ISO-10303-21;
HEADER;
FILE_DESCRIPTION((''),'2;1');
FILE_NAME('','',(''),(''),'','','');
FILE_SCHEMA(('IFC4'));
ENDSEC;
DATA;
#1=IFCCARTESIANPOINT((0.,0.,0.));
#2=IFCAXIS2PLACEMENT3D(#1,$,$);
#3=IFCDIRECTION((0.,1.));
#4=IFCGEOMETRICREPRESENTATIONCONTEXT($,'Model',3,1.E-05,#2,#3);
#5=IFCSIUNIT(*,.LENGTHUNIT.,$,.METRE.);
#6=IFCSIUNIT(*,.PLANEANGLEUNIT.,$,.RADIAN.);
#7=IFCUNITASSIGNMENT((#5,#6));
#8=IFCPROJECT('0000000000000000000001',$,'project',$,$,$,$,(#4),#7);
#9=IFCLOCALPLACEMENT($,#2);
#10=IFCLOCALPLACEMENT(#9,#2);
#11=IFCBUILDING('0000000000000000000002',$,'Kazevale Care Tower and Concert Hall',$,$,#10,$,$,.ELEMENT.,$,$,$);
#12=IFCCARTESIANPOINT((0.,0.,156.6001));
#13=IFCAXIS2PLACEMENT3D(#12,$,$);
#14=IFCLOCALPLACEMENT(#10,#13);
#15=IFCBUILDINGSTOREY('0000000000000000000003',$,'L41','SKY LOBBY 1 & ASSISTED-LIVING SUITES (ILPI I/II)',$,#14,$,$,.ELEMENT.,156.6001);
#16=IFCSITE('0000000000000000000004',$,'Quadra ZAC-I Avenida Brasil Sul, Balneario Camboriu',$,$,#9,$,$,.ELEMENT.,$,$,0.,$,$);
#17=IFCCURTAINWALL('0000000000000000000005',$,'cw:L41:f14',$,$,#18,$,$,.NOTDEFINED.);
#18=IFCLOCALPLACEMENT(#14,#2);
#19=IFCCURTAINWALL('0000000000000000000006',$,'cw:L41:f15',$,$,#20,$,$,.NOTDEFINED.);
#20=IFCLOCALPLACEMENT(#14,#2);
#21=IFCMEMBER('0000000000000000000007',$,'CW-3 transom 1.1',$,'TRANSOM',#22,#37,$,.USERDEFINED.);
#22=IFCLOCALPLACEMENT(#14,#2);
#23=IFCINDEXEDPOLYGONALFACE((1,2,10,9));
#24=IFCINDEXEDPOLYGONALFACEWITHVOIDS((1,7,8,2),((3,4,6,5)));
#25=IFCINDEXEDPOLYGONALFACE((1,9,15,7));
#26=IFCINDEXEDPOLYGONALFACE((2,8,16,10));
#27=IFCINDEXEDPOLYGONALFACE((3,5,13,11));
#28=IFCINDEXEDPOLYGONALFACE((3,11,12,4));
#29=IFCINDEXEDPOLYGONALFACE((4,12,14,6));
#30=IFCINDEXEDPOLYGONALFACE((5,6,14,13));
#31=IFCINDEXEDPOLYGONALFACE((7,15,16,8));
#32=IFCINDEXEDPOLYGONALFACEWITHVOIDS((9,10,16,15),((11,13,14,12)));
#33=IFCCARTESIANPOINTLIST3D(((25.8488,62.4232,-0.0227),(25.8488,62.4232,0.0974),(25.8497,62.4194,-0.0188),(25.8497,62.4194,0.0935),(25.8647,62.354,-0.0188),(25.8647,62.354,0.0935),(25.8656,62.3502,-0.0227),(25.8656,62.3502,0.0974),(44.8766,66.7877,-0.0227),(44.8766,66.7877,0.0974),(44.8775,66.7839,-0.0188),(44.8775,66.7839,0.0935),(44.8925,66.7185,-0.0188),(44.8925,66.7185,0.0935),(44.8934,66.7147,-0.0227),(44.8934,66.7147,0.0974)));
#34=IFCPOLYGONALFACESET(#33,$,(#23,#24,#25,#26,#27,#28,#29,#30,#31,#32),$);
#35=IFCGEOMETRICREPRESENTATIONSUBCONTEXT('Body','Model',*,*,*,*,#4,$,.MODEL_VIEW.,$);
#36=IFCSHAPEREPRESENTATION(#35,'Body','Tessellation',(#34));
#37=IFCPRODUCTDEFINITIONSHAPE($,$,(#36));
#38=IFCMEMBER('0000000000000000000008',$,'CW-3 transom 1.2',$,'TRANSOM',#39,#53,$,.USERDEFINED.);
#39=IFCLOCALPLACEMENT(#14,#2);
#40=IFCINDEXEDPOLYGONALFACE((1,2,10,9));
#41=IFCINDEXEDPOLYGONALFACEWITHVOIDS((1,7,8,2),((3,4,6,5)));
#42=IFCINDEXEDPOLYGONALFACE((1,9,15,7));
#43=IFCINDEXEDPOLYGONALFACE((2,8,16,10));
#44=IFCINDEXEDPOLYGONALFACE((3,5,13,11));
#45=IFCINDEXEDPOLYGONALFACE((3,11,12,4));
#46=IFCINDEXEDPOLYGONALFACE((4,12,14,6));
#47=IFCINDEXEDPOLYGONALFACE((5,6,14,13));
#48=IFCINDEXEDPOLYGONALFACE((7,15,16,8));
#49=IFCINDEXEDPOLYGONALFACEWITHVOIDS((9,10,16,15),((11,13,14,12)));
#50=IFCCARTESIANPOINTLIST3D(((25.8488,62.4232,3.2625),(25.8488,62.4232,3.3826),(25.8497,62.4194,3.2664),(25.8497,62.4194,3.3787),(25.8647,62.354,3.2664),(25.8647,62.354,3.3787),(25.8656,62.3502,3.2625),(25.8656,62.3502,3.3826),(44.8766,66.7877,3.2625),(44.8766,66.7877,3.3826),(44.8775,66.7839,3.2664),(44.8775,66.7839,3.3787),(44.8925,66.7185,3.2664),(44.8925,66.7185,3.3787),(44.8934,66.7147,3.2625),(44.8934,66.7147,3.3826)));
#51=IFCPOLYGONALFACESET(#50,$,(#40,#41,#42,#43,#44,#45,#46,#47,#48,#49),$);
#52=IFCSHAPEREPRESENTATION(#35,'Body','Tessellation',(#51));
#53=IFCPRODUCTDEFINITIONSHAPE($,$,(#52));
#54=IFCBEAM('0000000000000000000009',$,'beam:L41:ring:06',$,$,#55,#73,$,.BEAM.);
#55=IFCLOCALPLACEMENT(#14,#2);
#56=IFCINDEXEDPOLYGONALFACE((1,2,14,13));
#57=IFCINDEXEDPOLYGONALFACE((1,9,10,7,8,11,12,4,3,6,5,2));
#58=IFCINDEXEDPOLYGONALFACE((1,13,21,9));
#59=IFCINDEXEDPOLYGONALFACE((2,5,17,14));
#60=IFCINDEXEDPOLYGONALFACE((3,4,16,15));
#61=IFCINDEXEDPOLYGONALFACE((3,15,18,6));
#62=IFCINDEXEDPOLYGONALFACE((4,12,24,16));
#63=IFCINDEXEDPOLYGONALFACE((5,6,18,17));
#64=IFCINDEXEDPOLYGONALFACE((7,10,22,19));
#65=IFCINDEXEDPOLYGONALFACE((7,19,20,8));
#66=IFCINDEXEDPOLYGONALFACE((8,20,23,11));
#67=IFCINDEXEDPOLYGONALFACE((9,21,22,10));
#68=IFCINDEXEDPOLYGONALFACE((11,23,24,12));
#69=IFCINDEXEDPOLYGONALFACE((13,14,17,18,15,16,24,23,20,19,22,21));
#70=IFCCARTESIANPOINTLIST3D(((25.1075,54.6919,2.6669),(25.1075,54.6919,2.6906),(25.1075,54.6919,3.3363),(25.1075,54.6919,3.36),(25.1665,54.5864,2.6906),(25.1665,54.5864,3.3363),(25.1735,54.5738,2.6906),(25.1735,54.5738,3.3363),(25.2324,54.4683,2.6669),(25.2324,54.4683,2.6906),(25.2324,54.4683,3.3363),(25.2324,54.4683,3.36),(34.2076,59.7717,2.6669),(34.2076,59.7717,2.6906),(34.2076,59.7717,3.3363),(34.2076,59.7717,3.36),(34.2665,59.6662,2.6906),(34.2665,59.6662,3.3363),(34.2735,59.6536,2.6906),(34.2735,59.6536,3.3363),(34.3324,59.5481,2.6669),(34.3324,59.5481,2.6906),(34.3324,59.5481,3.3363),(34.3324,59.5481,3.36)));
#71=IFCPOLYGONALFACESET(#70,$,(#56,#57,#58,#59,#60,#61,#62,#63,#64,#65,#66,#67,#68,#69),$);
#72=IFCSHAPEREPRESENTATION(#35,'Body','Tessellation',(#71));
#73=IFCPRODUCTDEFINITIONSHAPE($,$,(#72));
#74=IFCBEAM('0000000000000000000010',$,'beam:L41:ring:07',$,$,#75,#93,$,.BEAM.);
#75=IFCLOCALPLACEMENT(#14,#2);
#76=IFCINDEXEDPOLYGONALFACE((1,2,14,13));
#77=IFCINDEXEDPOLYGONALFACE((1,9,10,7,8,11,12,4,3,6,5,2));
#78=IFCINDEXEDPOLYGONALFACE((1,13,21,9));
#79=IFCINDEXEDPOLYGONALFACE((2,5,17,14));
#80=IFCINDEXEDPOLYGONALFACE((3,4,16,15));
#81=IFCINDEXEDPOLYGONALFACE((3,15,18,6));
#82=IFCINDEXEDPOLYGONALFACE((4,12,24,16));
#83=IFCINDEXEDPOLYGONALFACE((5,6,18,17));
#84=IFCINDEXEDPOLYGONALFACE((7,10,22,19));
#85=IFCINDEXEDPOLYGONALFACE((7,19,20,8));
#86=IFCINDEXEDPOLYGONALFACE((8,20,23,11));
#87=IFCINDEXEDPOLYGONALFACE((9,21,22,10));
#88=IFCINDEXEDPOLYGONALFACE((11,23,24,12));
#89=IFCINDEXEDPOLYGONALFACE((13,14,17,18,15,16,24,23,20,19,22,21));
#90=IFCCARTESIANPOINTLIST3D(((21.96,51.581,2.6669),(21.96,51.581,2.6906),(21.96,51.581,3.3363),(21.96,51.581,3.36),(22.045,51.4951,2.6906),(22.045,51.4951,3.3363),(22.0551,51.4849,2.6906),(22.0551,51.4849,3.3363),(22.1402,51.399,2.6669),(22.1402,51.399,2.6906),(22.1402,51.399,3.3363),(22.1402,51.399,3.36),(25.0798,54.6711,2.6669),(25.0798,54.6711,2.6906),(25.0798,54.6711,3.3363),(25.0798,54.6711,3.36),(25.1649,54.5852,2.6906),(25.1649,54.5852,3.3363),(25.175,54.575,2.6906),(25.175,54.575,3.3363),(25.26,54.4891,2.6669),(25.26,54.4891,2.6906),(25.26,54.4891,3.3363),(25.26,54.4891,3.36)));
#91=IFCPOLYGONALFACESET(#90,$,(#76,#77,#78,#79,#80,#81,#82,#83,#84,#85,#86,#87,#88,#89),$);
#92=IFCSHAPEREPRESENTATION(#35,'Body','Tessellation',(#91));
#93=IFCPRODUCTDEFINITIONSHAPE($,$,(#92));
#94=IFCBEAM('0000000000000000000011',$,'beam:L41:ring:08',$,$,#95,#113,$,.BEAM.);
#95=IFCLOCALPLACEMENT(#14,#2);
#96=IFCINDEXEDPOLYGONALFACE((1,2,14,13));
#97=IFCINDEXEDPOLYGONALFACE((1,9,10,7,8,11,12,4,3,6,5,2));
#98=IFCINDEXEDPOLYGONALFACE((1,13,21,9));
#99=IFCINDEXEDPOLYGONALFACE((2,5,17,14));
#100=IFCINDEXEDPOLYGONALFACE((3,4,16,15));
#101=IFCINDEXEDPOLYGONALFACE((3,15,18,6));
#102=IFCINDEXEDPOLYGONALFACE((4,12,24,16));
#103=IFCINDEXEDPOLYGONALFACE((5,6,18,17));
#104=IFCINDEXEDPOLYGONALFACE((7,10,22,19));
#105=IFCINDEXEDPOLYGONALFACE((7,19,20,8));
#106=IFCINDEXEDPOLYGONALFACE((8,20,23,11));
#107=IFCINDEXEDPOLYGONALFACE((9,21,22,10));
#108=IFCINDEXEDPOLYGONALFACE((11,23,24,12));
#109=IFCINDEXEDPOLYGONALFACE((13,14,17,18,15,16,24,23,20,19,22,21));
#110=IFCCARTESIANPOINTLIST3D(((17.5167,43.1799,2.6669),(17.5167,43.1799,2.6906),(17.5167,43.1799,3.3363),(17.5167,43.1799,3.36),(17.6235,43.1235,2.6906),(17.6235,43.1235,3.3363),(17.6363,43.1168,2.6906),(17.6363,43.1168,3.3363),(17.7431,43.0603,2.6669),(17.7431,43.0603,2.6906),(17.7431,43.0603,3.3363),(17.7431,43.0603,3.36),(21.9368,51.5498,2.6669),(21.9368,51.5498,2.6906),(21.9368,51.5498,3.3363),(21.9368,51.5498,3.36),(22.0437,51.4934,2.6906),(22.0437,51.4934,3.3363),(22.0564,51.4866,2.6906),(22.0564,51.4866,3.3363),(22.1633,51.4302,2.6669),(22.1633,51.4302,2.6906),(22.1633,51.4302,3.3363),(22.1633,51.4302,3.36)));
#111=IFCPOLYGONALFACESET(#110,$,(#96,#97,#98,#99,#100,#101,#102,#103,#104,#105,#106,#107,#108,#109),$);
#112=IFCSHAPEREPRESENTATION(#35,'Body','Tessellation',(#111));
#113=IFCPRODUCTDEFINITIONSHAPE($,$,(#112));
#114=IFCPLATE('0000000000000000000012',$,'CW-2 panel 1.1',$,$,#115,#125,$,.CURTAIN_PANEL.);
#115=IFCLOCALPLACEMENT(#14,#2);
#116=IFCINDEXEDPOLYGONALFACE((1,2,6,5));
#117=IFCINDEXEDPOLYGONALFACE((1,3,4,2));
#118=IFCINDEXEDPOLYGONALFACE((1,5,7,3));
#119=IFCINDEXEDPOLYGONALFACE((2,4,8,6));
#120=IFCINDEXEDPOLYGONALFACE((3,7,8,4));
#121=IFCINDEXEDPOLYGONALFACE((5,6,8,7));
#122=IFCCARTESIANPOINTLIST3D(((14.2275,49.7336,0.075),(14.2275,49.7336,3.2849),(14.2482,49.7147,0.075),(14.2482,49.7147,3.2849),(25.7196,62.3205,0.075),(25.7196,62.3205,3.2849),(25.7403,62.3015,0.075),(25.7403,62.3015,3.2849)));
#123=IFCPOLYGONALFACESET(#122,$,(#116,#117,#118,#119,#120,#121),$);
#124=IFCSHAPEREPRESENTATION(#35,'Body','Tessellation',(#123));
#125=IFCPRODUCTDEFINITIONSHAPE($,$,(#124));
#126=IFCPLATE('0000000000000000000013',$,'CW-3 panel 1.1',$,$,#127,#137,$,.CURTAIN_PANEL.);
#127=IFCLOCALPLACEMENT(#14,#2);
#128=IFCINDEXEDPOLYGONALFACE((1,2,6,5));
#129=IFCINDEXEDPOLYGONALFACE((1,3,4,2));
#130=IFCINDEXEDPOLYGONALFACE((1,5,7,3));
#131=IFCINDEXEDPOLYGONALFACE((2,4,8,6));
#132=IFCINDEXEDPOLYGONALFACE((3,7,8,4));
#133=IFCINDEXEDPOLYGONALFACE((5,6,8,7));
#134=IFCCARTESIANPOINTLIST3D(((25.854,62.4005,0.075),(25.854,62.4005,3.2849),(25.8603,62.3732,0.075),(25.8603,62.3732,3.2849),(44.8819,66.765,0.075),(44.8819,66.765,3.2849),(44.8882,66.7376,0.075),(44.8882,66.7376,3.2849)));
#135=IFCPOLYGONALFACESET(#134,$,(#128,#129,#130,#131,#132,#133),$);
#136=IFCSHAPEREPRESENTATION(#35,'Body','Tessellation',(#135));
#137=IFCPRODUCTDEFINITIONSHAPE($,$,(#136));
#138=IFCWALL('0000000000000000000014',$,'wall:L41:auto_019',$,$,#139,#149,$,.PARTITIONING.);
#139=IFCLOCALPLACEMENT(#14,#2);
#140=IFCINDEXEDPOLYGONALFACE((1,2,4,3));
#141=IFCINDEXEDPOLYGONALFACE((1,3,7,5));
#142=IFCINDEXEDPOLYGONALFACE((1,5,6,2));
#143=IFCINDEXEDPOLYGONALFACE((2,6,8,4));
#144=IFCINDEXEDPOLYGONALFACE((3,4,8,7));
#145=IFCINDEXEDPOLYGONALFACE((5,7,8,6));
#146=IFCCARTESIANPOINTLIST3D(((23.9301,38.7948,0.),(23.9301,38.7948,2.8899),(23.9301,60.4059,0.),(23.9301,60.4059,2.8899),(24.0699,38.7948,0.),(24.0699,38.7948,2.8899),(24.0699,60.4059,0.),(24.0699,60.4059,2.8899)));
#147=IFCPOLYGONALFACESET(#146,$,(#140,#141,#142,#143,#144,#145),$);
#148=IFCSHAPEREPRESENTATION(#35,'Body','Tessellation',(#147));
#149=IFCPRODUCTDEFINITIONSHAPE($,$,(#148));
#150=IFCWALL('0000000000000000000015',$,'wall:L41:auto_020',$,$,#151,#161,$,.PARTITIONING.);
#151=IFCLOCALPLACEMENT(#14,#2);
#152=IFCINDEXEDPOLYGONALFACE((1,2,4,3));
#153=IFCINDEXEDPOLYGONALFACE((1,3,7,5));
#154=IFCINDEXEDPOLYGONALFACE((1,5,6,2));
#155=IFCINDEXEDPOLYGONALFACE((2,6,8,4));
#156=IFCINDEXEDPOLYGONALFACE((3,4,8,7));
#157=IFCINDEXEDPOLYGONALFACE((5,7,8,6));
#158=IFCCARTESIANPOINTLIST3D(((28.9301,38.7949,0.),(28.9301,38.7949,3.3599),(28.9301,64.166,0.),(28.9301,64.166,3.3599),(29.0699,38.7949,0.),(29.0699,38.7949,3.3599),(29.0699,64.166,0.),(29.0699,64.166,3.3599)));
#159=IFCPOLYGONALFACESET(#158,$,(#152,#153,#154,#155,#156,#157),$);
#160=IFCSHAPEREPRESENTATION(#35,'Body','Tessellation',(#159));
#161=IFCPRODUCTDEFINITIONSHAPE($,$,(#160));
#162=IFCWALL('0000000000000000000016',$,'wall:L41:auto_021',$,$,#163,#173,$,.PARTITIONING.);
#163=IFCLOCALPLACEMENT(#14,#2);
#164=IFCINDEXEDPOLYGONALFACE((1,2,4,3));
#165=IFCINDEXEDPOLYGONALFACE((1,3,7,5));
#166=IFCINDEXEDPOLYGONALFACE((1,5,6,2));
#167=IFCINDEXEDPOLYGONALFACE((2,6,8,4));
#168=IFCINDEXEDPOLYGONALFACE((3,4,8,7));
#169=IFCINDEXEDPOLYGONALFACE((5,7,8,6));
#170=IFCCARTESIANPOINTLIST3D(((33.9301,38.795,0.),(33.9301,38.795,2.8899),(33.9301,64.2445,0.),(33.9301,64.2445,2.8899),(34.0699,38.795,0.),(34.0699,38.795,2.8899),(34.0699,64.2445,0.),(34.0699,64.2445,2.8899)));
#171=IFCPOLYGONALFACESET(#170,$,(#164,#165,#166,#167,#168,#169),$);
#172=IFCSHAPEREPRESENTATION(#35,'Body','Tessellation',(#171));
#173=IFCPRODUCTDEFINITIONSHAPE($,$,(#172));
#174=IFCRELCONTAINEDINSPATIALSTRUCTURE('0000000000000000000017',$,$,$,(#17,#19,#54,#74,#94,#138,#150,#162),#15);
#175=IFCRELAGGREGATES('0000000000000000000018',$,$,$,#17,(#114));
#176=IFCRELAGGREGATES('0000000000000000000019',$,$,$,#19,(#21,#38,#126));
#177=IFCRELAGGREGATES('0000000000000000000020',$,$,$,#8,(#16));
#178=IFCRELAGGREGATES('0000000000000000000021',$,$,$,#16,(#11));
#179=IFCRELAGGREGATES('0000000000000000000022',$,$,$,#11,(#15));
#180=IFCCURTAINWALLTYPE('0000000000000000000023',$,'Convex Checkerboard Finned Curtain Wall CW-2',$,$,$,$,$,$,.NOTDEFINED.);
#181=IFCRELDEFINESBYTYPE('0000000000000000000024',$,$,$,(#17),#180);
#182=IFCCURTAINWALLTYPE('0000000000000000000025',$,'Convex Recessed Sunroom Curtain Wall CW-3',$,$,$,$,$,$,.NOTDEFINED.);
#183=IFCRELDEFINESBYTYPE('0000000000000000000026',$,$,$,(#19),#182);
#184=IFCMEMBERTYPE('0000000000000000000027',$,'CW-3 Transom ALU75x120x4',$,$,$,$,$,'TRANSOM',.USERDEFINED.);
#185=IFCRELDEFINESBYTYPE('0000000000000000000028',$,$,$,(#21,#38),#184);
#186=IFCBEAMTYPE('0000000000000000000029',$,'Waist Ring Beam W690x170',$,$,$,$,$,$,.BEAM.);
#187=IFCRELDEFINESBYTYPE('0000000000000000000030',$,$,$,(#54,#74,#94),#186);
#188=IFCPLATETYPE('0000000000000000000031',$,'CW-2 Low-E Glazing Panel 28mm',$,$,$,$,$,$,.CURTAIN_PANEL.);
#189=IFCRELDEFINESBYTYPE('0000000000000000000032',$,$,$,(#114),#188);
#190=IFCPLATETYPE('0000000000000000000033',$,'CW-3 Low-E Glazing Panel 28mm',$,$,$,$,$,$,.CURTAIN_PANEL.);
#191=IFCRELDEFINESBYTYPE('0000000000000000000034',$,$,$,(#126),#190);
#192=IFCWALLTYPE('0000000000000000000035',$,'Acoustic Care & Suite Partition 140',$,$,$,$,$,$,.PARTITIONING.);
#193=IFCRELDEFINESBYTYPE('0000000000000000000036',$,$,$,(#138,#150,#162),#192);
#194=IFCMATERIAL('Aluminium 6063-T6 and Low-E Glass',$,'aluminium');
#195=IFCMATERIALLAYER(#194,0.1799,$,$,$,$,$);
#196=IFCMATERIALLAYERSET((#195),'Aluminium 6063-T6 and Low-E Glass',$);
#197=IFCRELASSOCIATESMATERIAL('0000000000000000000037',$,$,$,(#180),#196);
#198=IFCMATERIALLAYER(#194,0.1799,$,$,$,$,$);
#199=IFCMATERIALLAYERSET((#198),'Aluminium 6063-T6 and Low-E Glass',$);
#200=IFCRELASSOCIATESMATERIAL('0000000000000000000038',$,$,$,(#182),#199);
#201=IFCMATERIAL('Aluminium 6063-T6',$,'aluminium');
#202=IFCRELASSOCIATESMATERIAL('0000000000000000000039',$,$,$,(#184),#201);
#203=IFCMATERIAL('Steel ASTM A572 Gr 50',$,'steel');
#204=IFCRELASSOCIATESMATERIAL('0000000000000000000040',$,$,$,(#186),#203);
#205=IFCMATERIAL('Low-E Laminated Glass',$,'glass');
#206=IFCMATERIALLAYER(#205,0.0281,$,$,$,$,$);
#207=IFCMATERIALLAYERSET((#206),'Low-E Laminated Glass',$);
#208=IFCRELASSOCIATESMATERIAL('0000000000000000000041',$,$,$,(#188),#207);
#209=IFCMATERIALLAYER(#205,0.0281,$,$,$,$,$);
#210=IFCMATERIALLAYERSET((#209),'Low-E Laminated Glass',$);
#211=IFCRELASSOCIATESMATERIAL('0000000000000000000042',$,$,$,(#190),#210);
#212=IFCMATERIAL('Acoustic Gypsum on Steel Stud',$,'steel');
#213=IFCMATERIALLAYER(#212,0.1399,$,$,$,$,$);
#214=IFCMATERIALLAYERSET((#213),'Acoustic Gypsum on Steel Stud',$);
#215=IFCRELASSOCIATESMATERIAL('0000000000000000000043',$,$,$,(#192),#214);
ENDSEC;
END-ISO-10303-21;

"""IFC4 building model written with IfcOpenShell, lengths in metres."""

from ifc_helpers import new_model, si_unit, direction, frame, frame_2d, origin, origin_2d, place, context, subcontext, project, spatial, rectangle, hollow_rectangle, i_section, extrude, material, layer, layer_set, material_profile, profile_set, type_object, element, aggregate, save


model = new_model("IFC4")

# Units and contexts
model_context = context("Model", 3, precision=1e-05, world=origin(), true_north=direction((0.0, 1.0)))
body_context = subcontext(model_context, "Body", "Model", "MODEL_VIEW")
ifc_project = project(units=[si_unit("LENGTHUNIT", "METRE"), si_unit("PLANEANGLEUNIT", "RADIAN")], contexts=[model_context])

# Site, building, storey
site_placement = place(None, origin())
site = spatial("IfcSite", under=ifc_project, at=site_placement, Name="Quadra ZAC-I Avenida Brasil Sul, Balneario Camboriu", CompositionType="ELEMENT", RefElevation=0.0)
building_placement = place(site_placement, origin())
building = spatial("IfcBuilding", under=site, at=building_placement, Name="Kazevale Care Tower and Concert Hall", CompositionType="ELEMENT")
storey_placement = place(building_placement, frame((0.0, 0.0, 156.6001)))
storey = spatial("IfcBuildingStorey", under=building, at=storey_placement, Name="L41", Description="SKY LOBBY 1 & ASSISTED-LIVING SUITES (ILPI I/II)", CompositionType="ELEMENT", Elevation=156.6001)

# Curtain wall
ifc_material_1 = material(Name="Aluminium 6063-T6 and Low-E Glass", Category="aluminium")
ifc_layer_1 = layer(ifc_material_1, 0.1799)
ifc_layer_set_1 = layer_set([ifc_layer_1], Name="Aluminium 6063-T6 and Low-E Glass")
curtain_wall_type_1 = type_object("IfcCurtainWallType", Name="Convex Checkerboard Finned Curtain Wall CW-2", PredefinedType="NOTDEFINED", material=ifc_layer_set_1)
curtain_wall_1_placement = place(storey_placement, origin())
curtain_wall_1 = element("IfcCurtainWall", 1, at=curtain_wall_1_placement, inside=storey, type_object=curtain_wall_type_1, Name="cw:L41:f14", PredefinedType="NOTDEFINED")
ifc_material_2 = material(Name="Aluminium 6063-T6", Category="aluminium")

# Curtain wall, members
ifc_layer_2 = layer(ifc_material_1, 0.1799)
ifc_layer_set_2 = layer_set([ifc_layer_2], Name="Aluminium 6063-T6 and Low-E Glass")
curtain_wall_type_2 = type_object("IfcCurtainWallType", Name="Convex Recessed Sunroom Curtain Wall CW-3", PredefinedType="NOTDEFINED", material=ifc_layer_set_2)
curtain_wall_2_placement = place(storey_placement, origin())
curtain_wall_2 = element("IfcCurtainWall", 2, at=curtain_wall_2_placement, inside=storey, type_object=curtain_wall_type_2, Name="cw:L41:f15", PredefinedType="NOTDEFINED")
ifc_material_profile_1 = material_profile(ifc_material_2, hollow_rectangle(XDim=0.075, YDim=0.1201, WallThickness=0.0039, at=origin_2d()), Name="ALU75x120x4")
ifc_profile_set_1 = profile_set([ifc_material_profile_1], Name="Aluminium 6063-T6")
member_type_1 = type_object("IfcMemberType", Name="CW-3 Transom ALU75x120x4", ElementType="TRANSOM", PredefinedType="USERDEFINED", material=ifc_profile_set_1)
member_1_placement = place(storey_placement, frame((25.8572, 62.3867, 0.0374), z_axis=(0.974688, 0.223569, 0.0), x_axis=(-0.223569, 0.974688, 0.0)))
member_1 = element("IfcMember", 3, at=member_1_placement, type_object=member_type_1, Name="CW-3 transom 1.1", ObjectType="TRANSOM", PredefinedType="USERDEFINED", context=body_context, shape_type="SweptSolid", body=[
    extrude(hollow_rectangle(XDim=0.075, YDim=0.1201, WallThickness=0.0039, at=origin_2d()), origin(), (0.0, 0.0, 1.0), 19.522),
])
member_2_placement = place(storey_placement, frame((25.8572, 62.3867, 3.3225), z_axis=(0.974688, 0.223569, 0.0), x_axis=(-0.223569, 0.974688, 0.0)))
member_2 = element("IfcMember", 4, at=member_2_placement, type_object=member_type_1, Name="CW-3 transom 1.2", ObjectType="TRANSOM", PredefinedType="USERDEFINED", context=body_context, shape_type="SweptSolid", body=[
    extrude(hollow_rectangle(XDim=0.075, YDim=0.1201, WallThickness=0.0039, at=origin_2d()), origin(), (0.0, 0.0, 1.0), 19.522),
])

# Beams
ifc_material_3 = material(Name="Steel ASTM A572 Gr 50", Category="steel")
ifc_material_profile_2 = material_profile(ifc_material_3, i_section(OverallWidth=0.2561, OverallDepth=0.6931, WebThickness=0.0144, FlangeThickness=0.0237, at=origin_2d()), Name="W690x170")
ifc_profile_set_2 = profile_set([ifc_material_profile_2], Name="Steel ASTM A572 Gr 50")
beam_type = type_object("IfcBeamType", Name="Waist Ring Beam W690x170", PredefinedType="BEAM", material=ifc_profile_set_2)
beam_1_placement = place(storey_placement, frame((34.27, 59.6599, 3.0134), z_axis=(-0.873169, -0.487418, 0.0), x_axis=(0.487418, -0.873169, 0.0)))
element("IfcBeam", 5, at=beam_1_placement, inside=storey, type_object=beam_type, Name="beam:L41:ring:06", PredefinedType="BEAM", context=body_context, shape_type="SweptSolid", body=[
    extrude(i_section(OverallWidth=0.2561, OverallDepth=0.6931, WebThickness=0.0144, FlangeThickness=0.0237, at=origin_2d()), origin(), (0.0, 0.0, 1.0), 10.4219),
])
beam_2_placement = place(storey_placement, frame((25.1699, 54.5801, 3.0134), z_axis=(-0.71049, -0.703707, 0.0), x_axis=(0.703707, -0.71049, 0.0)))
element("IfcBeam", 6, at=beam_2_placement, inside=storey, type_object=beam_type, Name="beam:L41:ring:07", PredefinedType="BEAM", context=body_context, shape_type="SweptSolid", body=[
    extrude(i_section(OverallWidth=0.2561, OverallDepth=0.6931, WebThickness=0.0144, FlangeThickness=0.0237, at=origin_2d()), origin(), (0.0, 0.0, 1.0), 4.3911),
])
beam_3_placement = place(storey_placement, frame((22.05, 51.49, 3.0134), z_axis=(-0.466984, -0.884266, 0.0), x_axis=(0.884266, -0.466984, 0.0)))
element("IfcBeam", 7, at=beam_3_placement, inside=storey, type_object=beam_type, Name="beam:L41:ring:08", PredefinedType="BEAM", context=body_context, shape_type="SweptSolid", body=[
    extrude(i_section(OverallWidth=0.2561, OverallDepth=0.6931, WebThickness=0.0144, FlangeThickness=0.0237, at=origin_2d()), origin(), (0.0, 0.0, 1.0), 9.4653),
])

# Plates
ifc_material_4 = material(Name="Low-E Laminated Glass", Category="glass")
ifc_layer_3 = layer(ifc_material_4, 0.0281)
ifc_layer_set_3 = layer_set([ifc_layer_3], Name="Low-E Laminated Glass")
plate_type_1 = type_object("IfcPlateType", Name="CW-2 Low-E Glazing Panel 28mm", PredefinedType="CURTAIN_PANEL", material=ifc_layer_set_3)
plate_1_placement = place(storey_placement, frame((19.9839, 56.0176, 0.075), z_axis=(0.0, 0.0, 1.0), x_axis=(0.674262, 0.738492, 0.0)))
plate_1 = element("IfcPlate", 8, at=plate_1_placement, type_object=plate_type_1, Name="CW-2 panel 1.1", PredefinedType="CURTAIN_PANEL", context=body_context, shape_type="SweptSolid", body=[
    extrude(rectangle(XDim=17.0439, YDim=0.0281, at=origin_2d()), origin(), (0.0, 0.0, 1.0), 3.21),
])
aggregate(curtain_wall_1, [plate_1])
ifc_layer_4 = layer(ifc_material_4, 0.0281)
ifc_layer_set_4 = layer_set([ifc_layer_4], Name="Low-E Laminated Glass")
plate_type_2 = type_object("IfcPlateType", Name="CW-3 Low-E Glazing Panel 28mm", PredefinedType="CURTAIN_PANEL", material=ifc_layer_set_4)
plate_2_placement = place(storey_placement, frame((35.3711, 64.5691, 0.075), z_axis=(0.0, 0.0, 1.0), x_axis=(0.974688, 0.223567, 0.0)))
plate_2 = element("IfcPlate", 9, at=plate_2_placement, type_object=plate_type_2, Name="CW-3 panel 1.1", PredefinedType="CURTAIN_PANEL", context=body_context, shape_type="SweptSolid", body=[
    extrude(rectangle(XDim=19.522, YDim=0.0281, at=origin_2d()), origin(), (0.0, 0.0, 1.0), 3.21),
])
aggregate(curtain_wall_2, [member_1, member_2, plate_2])

# Walls
ifc_material_5 = material(Name="Acoustic Gypsum on Steel Stud", Category="steel")
ifc_layer_5 = layer(ifc_material_5, 0.1399)
ifc_layer_set_5 = layer_set([ifc_layer_5], Name="Acoustic Gypsum on Steel Stud")
wall_type = type_object("IfcWallType", Name="Acoustic Care & Suite Partition 140", PredefinedType="PARTITIONING", material=ifc_layer_set_5)
wall_1_placement = place(storey_placement, frame((24.0, 60.406, 0.0), z_axis=(0.0, 0.0, 1.0), x_axis=(0.0, -1.0, 0.0)))
element("IfcWall", 10, at=wall_1_placement, inside=storey, type_object=wall_type, Name="wall:L41:auto_019", PredefinedType="PARTITIONING", context=body_context, shape_type="SweptSolid", body=[
    extrude(rectangle(XDim=21.6111, YDim=0.1399, at=frame_2d((10.8057, 0.0))), origin(), (0.0, 0.0, 1.0), 2.8899),
])
wall_2_placement = place(storey_placement, frame((29.0, 64.166, 0.0), z_axis=(0.0, 0.0, 1.0), x_axis=(0.0, -1.0, 0.0)))
element("IfcWall", 11, at=wall_2_placement, inside=storey, type_object=wall_type, Name="wall:L41:auto_020", PredefinedType="PARTITIONING", context=body_context, shape_type="SweptSolid", body=[
    extrude(rectangle(XDim=25.3711, YDim=0.1399, at=frame_2d((12.6855, 0.0))), origin(), (0.0, 0.0, 1.0), 3.3599),
])
wall_3_placement = place(storey_placement, frame((34.0, 64.2444, 0.0), z_axis=(0.0, 0.0, 1.0), x_axis=(0.0, -1.0, 0.0)))
element("IfcWall", 12, at=wall_3_placement, inside=storey, type_object=wall_type, Name="wall:L41:auto_021", PredefinedType="PARTITIONING", context=body_context, shape_type="SweptSolid", body=[
    extrude(rectangle(XDim=25.4495, YDim=0.1399, at=frame_2d((12.7246, 0.0))), origin(), (0.0, 0.0, 1.0), 2.8899),
])

save(model, "model.ifc")
